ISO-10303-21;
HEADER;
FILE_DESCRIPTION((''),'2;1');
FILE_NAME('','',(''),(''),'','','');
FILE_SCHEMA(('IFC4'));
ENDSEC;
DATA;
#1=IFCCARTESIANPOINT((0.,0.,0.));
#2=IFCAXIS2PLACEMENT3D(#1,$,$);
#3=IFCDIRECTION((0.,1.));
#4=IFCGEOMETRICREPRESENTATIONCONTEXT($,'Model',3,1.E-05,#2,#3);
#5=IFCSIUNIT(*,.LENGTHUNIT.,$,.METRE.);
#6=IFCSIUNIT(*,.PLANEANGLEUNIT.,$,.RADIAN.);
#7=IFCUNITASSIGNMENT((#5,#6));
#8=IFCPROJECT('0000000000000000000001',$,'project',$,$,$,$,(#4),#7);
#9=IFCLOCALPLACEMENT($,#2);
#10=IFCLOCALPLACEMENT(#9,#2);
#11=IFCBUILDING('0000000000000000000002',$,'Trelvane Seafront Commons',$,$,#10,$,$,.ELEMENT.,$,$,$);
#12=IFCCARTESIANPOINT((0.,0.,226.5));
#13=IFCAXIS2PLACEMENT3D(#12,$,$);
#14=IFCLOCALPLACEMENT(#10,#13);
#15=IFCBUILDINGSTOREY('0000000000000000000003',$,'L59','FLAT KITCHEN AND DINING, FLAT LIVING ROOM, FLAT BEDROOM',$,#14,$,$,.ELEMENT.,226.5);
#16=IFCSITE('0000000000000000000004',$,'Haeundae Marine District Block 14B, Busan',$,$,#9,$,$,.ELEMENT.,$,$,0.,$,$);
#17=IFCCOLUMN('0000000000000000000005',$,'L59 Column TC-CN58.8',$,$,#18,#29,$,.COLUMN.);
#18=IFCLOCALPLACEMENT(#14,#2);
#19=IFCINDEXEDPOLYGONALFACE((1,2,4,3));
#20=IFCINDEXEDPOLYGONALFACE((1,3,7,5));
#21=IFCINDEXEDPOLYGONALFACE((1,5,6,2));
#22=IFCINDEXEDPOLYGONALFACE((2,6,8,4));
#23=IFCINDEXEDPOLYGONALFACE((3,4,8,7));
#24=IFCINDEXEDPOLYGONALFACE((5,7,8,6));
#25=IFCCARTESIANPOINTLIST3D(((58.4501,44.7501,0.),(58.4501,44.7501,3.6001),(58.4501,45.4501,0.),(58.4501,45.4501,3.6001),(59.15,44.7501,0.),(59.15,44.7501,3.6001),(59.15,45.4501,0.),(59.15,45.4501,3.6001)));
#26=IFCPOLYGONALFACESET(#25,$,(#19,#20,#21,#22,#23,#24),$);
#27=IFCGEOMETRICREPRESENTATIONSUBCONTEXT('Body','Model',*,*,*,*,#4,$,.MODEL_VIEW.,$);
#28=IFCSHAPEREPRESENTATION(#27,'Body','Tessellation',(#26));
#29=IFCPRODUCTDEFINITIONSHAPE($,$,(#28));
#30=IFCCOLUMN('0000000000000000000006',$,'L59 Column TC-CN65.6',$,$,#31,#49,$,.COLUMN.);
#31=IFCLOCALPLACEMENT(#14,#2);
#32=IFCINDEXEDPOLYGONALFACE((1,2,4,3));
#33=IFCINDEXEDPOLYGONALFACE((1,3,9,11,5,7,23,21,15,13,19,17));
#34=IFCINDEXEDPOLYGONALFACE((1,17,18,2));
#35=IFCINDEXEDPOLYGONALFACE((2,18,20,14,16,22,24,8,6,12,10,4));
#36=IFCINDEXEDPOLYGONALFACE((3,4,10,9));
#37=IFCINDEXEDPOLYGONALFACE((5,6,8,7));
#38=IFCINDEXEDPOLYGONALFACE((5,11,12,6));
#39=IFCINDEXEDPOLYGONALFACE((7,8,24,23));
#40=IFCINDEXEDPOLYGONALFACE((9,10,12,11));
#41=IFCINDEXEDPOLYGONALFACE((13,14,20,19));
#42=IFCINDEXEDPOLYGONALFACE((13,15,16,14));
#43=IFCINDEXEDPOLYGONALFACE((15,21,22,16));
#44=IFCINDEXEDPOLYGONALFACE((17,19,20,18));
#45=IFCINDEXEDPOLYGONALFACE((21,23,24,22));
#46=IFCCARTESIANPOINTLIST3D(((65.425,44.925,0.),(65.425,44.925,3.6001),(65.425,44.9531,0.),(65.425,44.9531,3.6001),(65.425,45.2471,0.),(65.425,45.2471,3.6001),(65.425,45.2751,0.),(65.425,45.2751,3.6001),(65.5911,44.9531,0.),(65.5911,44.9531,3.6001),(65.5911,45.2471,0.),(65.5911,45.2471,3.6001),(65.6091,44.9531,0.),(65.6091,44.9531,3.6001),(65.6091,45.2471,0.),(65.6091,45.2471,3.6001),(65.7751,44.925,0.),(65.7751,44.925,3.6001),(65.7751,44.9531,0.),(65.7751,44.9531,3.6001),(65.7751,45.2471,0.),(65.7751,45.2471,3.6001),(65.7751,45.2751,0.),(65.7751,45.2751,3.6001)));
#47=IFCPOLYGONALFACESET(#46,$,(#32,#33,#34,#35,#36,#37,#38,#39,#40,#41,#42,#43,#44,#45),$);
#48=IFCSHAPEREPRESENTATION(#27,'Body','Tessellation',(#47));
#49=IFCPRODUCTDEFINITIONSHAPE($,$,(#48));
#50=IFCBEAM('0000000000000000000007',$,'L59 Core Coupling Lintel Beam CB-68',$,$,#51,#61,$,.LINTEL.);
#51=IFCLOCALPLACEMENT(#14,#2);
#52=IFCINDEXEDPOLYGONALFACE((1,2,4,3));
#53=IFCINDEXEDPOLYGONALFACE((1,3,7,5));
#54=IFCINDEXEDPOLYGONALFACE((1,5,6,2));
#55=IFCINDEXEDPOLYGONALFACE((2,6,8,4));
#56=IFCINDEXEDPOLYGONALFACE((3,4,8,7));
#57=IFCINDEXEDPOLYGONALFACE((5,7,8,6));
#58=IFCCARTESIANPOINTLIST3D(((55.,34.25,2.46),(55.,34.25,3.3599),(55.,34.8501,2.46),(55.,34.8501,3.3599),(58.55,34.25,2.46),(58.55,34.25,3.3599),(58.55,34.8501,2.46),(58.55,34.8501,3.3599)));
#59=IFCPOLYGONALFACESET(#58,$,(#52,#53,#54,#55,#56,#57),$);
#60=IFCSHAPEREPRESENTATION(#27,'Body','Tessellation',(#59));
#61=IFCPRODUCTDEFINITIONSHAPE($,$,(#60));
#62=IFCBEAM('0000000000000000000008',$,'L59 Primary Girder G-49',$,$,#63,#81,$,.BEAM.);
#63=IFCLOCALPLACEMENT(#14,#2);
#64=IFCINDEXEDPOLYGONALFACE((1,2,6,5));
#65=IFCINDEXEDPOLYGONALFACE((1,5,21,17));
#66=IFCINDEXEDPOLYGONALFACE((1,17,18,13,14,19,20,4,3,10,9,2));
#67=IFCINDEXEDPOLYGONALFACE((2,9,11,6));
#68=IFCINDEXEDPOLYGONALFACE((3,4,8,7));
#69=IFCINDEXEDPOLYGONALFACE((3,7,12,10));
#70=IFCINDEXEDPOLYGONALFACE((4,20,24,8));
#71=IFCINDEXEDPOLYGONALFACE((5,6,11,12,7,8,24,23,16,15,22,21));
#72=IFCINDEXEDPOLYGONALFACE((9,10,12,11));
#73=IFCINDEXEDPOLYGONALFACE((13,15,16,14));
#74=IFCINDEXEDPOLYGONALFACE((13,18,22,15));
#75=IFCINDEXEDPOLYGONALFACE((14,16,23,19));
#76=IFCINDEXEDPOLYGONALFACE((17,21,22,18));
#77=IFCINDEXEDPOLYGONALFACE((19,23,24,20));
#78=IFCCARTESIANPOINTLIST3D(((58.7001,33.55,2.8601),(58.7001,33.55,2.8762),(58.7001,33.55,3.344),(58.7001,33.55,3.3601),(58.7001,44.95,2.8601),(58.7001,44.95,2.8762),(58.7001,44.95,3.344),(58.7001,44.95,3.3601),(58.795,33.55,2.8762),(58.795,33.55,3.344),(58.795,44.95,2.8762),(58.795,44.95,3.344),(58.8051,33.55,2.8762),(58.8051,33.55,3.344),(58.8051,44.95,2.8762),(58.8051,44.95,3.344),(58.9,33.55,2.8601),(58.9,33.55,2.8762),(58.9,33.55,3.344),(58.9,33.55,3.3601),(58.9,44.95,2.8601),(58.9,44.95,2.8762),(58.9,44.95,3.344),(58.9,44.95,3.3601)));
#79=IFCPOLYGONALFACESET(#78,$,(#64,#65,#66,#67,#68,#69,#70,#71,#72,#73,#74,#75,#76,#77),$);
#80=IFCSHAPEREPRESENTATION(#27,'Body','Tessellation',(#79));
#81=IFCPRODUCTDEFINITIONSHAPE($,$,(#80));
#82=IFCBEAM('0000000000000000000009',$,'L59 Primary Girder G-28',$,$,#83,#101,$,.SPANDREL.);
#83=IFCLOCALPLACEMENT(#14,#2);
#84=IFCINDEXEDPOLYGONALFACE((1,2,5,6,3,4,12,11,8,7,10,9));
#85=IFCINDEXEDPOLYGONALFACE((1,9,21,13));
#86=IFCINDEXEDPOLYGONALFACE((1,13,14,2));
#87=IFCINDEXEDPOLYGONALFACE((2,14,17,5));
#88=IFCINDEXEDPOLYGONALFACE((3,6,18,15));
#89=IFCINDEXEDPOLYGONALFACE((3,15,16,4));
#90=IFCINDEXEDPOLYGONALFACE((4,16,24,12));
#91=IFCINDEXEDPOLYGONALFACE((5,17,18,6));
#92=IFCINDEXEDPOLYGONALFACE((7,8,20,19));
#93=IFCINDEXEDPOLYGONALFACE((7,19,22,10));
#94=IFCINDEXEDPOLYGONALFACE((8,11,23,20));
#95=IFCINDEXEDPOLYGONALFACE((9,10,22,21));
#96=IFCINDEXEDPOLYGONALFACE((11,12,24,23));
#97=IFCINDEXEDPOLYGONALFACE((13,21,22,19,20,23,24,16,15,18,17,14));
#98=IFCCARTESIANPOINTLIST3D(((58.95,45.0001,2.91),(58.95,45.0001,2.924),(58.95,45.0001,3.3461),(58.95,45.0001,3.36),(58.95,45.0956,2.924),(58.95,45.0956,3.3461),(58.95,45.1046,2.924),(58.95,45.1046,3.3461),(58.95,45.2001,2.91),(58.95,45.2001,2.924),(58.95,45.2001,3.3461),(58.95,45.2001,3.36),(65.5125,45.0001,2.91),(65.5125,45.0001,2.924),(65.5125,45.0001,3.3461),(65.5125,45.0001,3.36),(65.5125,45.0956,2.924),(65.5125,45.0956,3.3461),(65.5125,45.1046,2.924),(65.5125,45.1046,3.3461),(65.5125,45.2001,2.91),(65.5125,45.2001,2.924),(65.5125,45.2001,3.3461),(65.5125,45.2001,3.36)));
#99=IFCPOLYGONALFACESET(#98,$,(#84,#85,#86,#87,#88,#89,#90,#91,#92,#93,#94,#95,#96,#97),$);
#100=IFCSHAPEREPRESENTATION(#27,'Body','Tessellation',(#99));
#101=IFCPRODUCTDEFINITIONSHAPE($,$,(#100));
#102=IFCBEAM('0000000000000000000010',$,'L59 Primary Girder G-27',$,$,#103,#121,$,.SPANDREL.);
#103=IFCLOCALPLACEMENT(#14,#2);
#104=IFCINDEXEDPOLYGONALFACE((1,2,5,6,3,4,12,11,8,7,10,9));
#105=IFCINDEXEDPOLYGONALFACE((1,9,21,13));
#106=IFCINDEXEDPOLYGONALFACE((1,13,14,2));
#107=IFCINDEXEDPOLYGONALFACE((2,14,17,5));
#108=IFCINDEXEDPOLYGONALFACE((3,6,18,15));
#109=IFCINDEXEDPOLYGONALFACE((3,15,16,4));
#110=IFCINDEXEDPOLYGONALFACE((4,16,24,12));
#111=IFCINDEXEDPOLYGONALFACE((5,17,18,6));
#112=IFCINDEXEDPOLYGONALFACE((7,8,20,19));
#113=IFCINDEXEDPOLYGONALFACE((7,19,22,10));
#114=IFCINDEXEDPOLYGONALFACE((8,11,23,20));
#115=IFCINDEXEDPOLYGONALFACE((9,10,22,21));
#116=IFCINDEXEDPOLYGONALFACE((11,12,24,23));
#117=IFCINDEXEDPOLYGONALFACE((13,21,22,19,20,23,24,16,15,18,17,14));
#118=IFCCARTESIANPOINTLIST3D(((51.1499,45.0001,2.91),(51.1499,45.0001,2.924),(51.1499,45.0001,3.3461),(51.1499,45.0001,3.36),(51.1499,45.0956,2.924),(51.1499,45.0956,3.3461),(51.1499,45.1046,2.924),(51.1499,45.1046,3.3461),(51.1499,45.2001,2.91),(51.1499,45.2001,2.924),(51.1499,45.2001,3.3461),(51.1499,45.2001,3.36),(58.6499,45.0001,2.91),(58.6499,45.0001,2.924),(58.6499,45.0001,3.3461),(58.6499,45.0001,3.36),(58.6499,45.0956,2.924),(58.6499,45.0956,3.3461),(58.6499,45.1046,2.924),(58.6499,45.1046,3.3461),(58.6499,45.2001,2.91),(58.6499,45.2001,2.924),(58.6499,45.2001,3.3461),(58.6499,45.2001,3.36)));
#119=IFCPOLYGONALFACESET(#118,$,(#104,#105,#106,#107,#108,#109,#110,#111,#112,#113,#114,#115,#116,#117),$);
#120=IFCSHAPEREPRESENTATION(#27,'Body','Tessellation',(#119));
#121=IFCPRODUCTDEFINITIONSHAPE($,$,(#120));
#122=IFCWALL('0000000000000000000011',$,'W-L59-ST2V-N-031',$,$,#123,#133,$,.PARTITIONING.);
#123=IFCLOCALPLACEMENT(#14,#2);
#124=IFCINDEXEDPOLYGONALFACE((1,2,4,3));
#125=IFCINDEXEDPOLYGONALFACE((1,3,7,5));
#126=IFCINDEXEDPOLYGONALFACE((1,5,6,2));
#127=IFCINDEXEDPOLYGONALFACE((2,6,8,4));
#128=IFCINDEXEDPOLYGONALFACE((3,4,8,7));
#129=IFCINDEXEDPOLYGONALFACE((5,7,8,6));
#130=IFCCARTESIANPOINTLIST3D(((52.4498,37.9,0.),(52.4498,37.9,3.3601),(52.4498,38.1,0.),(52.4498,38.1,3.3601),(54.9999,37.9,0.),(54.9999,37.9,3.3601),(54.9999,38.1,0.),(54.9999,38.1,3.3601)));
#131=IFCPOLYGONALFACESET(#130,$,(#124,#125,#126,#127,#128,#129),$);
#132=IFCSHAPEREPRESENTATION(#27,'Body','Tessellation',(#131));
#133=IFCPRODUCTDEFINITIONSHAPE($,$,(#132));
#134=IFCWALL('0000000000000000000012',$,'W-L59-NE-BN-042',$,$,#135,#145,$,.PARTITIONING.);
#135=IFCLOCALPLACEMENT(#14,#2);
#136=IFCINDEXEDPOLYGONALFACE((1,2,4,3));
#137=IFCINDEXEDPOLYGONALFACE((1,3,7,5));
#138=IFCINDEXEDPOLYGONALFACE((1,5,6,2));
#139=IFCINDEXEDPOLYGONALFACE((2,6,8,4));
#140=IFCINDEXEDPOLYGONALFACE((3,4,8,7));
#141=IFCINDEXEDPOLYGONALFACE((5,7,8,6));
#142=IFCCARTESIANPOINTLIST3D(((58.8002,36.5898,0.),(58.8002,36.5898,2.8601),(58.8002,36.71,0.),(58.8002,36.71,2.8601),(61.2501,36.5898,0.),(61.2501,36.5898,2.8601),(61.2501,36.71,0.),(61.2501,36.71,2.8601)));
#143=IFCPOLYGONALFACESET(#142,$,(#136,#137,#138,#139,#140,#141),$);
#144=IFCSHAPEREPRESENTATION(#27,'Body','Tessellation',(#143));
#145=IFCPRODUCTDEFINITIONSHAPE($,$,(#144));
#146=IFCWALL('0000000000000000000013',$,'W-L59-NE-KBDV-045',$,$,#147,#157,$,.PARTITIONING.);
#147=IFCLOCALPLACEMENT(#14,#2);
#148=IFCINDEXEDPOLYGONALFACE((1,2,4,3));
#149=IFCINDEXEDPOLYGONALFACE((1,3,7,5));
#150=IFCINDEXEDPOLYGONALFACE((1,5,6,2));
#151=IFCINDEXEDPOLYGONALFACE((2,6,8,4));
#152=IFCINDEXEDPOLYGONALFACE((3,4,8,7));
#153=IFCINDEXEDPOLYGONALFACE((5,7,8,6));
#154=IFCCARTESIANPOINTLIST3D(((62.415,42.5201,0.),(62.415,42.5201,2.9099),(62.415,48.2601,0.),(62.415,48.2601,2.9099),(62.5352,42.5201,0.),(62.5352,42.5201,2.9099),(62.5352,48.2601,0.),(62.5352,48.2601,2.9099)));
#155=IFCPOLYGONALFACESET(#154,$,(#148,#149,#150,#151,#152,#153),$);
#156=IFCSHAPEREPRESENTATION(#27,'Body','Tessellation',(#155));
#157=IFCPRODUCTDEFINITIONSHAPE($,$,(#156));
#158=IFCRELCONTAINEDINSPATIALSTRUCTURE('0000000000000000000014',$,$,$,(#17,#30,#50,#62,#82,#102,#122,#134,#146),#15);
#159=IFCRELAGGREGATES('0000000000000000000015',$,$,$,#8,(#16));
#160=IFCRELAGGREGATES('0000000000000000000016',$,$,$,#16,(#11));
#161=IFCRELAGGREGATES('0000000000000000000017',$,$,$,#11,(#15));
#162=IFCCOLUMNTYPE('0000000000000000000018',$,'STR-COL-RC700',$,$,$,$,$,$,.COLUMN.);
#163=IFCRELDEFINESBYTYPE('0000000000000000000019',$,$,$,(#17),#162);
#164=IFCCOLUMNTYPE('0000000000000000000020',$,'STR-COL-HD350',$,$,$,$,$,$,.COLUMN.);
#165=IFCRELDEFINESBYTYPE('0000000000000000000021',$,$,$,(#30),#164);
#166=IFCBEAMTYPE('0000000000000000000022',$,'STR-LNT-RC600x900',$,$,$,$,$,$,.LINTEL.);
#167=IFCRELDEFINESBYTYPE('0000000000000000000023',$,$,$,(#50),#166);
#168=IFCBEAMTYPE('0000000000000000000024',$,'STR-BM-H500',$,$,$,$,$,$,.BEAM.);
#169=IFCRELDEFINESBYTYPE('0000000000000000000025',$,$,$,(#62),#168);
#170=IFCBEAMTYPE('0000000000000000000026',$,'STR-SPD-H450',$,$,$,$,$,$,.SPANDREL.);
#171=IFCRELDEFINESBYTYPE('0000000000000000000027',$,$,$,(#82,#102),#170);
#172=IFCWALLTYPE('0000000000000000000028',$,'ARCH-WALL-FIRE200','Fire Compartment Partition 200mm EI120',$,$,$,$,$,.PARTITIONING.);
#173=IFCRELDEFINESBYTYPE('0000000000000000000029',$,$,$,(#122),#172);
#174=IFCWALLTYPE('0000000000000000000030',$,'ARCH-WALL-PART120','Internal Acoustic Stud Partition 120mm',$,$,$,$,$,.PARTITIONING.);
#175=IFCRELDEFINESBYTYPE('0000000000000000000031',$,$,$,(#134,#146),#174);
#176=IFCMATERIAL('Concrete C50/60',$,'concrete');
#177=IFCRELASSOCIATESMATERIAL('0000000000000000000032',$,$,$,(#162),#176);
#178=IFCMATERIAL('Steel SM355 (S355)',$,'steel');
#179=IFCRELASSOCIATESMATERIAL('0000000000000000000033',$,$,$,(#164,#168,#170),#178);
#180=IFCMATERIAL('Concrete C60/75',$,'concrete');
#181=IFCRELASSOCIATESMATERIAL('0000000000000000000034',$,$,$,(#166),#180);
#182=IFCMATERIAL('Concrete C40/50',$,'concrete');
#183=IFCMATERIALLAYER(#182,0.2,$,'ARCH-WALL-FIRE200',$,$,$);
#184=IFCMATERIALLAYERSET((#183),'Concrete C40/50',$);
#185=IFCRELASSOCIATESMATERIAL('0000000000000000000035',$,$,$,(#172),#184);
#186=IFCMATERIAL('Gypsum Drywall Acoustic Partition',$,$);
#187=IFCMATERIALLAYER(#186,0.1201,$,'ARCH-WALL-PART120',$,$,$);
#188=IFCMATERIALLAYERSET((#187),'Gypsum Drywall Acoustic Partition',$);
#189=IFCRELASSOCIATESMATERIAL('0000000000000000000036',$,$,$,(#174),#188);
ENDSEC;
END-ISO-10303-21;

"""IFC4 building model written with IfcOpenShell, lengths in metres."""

from ifc_helpers import new_model, si_unit, direction, frame, frame_2d, origin, origin_2d, place, context, subcontext, project, spatial, rectangle, i_section, extrude, source, transform, mapped, material, layer, layer_set, material_profile, profile_set, type_object, element, save


model = new_model("IFC4")

# Units and contexts
model_context = context("Model", 3, precision=1e-05, world=origin(), true_north=direction((0.0, 1.0)))
body_context = subcontext(model_context, "Body", "Model", "MODEL_VIEW")
ifc_project = project(units=[si_unit("LENGTHUNIT", "METRE"), si_unit("PLANEANGLEUNIT", "RADIAN")], contexts=[model_context])

# Site, building, storey
site_placement = place(None, origin())
site = spatial("IfcSite", under=ifc_project, at=site_placement, Name="Haeundae Marine District Block 14B, Busan", CompositionType="ELEMENT", RefElevation=0.0)
building_placement = place(site_placement, origin())
building = spatial("IfcBuilding", under=site, at=building_placement, Name="Trelvane Seafront Commons", CompositionType="ELEMENT")
storey_placement = place(building_placement, frame((0.0, 0.0, 226.5)))
storey = spatial("IfcBuildingStorey", under=building, at=storey_placement, Name="L59", Description="FLAT KITCHEN AND DINING, FLAT LIVING ROOM, FLAT BEDROOM", CompositionType="ELEMENT", Elevation=226.5)

# Columns
ifc_material_1 = material(Name="Concrete C50/60", Category="concrete")
ifc_material_profile_1 = material_profile(ifc_material_1, rectangle(XDim=0.7, YDim=0.7, at=origin_2d()), Name="RC-700x700")
ifc_profile_set_1 = profile_set([ifc_material_profile_1], Name="Concrete C50/60")
column_type_1 = type_object("IfcColumnType", Name="STR-COL-RC700", PredefinedType="COLUMN", material=ifc_profile_set_1)
shared_shape_1 = source(origin(), body_context, "Body", "SweptSolid", [
    extrude(rectangle(XDim=0.7, YDim=0.7, at=origin_2d()), origin(), (0.0, 0.0, 1.0), 3.6001),
])
column_1_placement = place(storey_placement, frame((58.8, 45.1001, 0.0), z_axis=(0.0, 0.0, 1.0), x_axis=(1.0, 0.0, 0.0)))
element("IfcColumn", 1, at=column_1_placement, inside=storey, type_object=column_type_1, Name="L59 Column TC-CN58.8", PredefinedType="COLUMN", context=body_context, shape_type="MappedRepresentation", body=[
    mapped(shared_shape_1, transform((0.0, 0.0, 0.0), x_axis=(1.0, 0.0, 0.0), y_axis=(0.0, 1.0, 0.0), z_axis=(0.0, 0.0, 1.0), scale=1.0)),
])
ifc_material_2 = material(Name="Steel SM355 (S355)", Category="steel")
ifc_material_profile_2 = material_profile(ifc_material_2, i_section(OverallWidth=0.3501, OverallDepth=0.3501, WebThickness=0.0181, FlangeThickness=0.0281, at=origin_2d()), Name="HD-350x350x18x28")
ifc_profile_set_2 = profile_set([ifc_material_profile_2], Name="Steel SM355 (S355)")
column_type_2 = type_object("IfcColumnType", Name="STR-COL-HD350", PredefinedType="COLUMN", material=ifc_profile_set_2)
shared_shape_2 = source(origin(), body_context, "Body", "SweptSolid", [
    extrude(i_section(OverallWidth=0.3501, OverallDepth=0.3501, WebThickness=0.0181, FlangeThickness=0.0281, at=origin_2d()), origin(), (0.0, 0.0, 1.0), 3.6001),
])
column_2_placement = place(storey_placement, frame((65.6001, 45.1001, 0.0), z_axis=(0.0, 0.0, 1.0), x_axis=(1.0, 0.0, 0.0)))
element("IfcColumn", 2, at=column_2_placement, inside=storey, type_object=column_type_2, Name="L59 Column TC-CN65.6", PredefinedType="COLUMN", context=body_context, shape_type="MappedRepresentation", body=[
    mapped(shared_shape_2, transform((0.0, 0.0, 0.0), x_axis=(1.0, 0.0, 0.0), y_axis=(0.0, 1.0, 0.0), z_axis=(0.0, 0.0, 1.0), scale=1.0)),
])

# Beams
ifc_material_3 = material(Name="Concrete C60/75", Category="concrete")
ifc_material_profile_3 = material_profile(ifc_material_3, rectangle(XDim=0.6001, YDim=0.8999, at=origin_2d()), Name="RC-600x900")
ifc_profile_set_3 = profile_set([ifc_material_profile_3], Name="Concrete C60/75")
beam_type_1 = type_object("IfcBeamType", Name="STR-LNT-RC600x900", PredefinedType="LINTEL", material=ifc_profile_set_3)
shared_shape_3 = source(origin(), body_context, "Body", "SweptSolid", [
    extrude(rectangle(XDim=0.6001, YDim=0.8999, at=origin_2d()), origin(), (0.0, 0.0, 1.0), 3.55),
])
beam_1_placement = place(storey_placement, frame((55.0, 34.55, 2.9099), z_axis=(1.0, 0.0, 0.0), x_axis=(0.0, 1.0, 0.0)))
element("IfcBeam", 3, at=beam_1_placement, inside=storey, type_object=beam_type_1, Name="L59 Core Coupling Lintel Beam CB-68", PredefinedType="LINTEL", context=body_context, shape_type="MappedRepresentation", body=[
    mapped(shared_shape_3, transform((0.0, 0.0, 0.0), x_axis=(1.0, 0.0, 0.0), y_axis=(0.0, 1.0, 0.0), z_axis=(0.0, 0.0, 1.0), scale=1.0)),
])
ifc_material_profile_4 = material_profile(ifc_material_2, i_section(OverallWidth=0.2, OverallDepth=0.5, WebThickness=0.01, FlangeThickness=0.0161, at=origin_2d()), Name="H-500x200x10x16")
ifc_profile_set_4 = profile_set([ifc_material_profile_4], Name="Steel SM355 (S355)")
beam_type_2 = type_object("IfcBeamType", Name="STR-BM-H500", PredefinedType="BEAM", material=ifc_profile_set_4)
shared_shape_4 = source(origin(), body_context, "Body", "SweptSolid", [
    extrude(i_section(OverallWidth=0.2, OverallDepth=0.5, WebThickness=0.01, FlangeThickness=0.0161, at=origin_2d()), origin(), (0.0, 0.0, 1.0), 11.3999),
])
beam_2_placement = place(storey_placement, frame((58.8, 33.55, 3.1101), z_axis=(0.0, 1.0, 0.0), x_axis=(-1.0, 0.0, 0.0)))
element("IfcBeam", 4, at=beam_2_placement, inside=storey, type_object=beam_type_2, Name="L59 Primary Girder G-49", PredefinedType="BEAM", context=body_context, shape_type="MappedRepresentation", body=[
    mapped(shared_shape_4, transform((0.0, 0.0, 0.0), x_axis=(1.0, 0.0, 0.0), y_axis=(0.0, 1.0, 0.0), z_axis=(0.0, 0.0, 1.0), scale=1.0)),
])
ifc_material_profile_5 = material_profile(ifc_material_2, i_section(OverallWidth=0.2, OverallDepth=0.45, WebThickness=0.009, FlangeThickness=0.0139, at=origin_2d()), Name="H-450x200x9x14")
ifc_profile_set_5 = profile_set([ifc_material_profile_5], Name="Steel SM355 (S355)")
beam_type_3 = type_object("IfcBeamType", Name="STR-SPD-H450", PredefinedType="SPANDREL", material=ifc_profile_set_5)
shared_shape_5 = source(origin(), body_context, "Body", "SweptSolid", [
    extrude(i_section(OverallWidth=0.2, OverallDepth=0.45, WebThickness=0.009, FlangeThickness=0.0139, at=origin_2d()), origin(), (0.0, 0.0, 1.0), 6.5625),
])
beam_3_placement = place(storey_placement, frame((58.95, 45.1001, 3.135), z_axis=(1.0, 0.0, 0.0), x_axis=(0.0, 1.0, 0.0)))
element("IfcBeam", 5, at=beam_3_placement, inside=storey, type_object=beam_type_3, Name="L59 Primary Girder G-28", PredefinedType="SPANDREL", context=body_context, shape_type="MappedRepresentation", body=[
    mapped(shared_shape_5, transform((0.0, 0.0, 0.0), x_axis=(1.0, 0.0, 0.0), y_axis=(0.0, 1.0, 0.0), z_axis=(0.0, 0.0, 1.0), scale=1.0)),
])
shared_shape_6 = source(origin(), body_context, "Body", "SweptSolid", [
    extrude(i_section(OverallWidth=0.2, OverallDepth=0.45, WebThickness=0.009, FlangeThickness=0.0139, at=origin_2d()), origin(), (0.0, 0.0, 1.0), 7.5),
])
beam_4_placement = place(storey_placement, frame((51.1499, 45.1001, 3.135), z_axis=(1.0, 0.0, 0.0), x_axis=(0.0, 1.0, 0.0)))
element("IfcBeam", 6, at=beam_4_placement, inside=storey, type_object=beam_type_3, Name="L59 Primary Girder G-27", PredefinedType="SPANDREL", context=body_context, shape_type="MappedRepresentation", body=[
    mapped(shared_shape_6, transform((0.0, 0.0, 0.0), x_axis=(1.0, 0.0, 0.0), y_axis=(0.0, 1.0, 0.0), z_axis=(0.0, 0.0, 1.0), scale=1.0)),
])

# Walls
ifc_material_4 = material(Name="Concrete C40/50", Category="concrete")
ifc_layer_1 = layer(ifc_material_4, 0.2, Name="ARCH-WALL-FIRE200")
ifc_layer_set_1 = layer_set([ifc_layer_1], Name="Concrete C40/50")
wall_type_1 = type_object("IfcWallType", Name="ARCH-WALL-FIRE200", Description="Fire Compartment Partition 200mm EI120", PredefinedType="PARTITIONING", material=ifc_layer_set_1)
wall_1_placement = place(storey_placement, frame((52.45, 38.0, 0.0), z_axis=(0.0, 0.0, 1.0), x_axis=(1.0, 0.0, 0.0)))
element("IfcWall", 7, at=wall_1_placement, inside=storey, type_object=wall_type_1, Name="W-L59-ST2V-N-031", PredefinedType="PARTITIONING", context=body_context, shape_type="SweptSolid", body=[
    extrude(rectangle(XDim=2.55, YDim=0.2, at=frame_2d((1.2749, 0.0))), origin(), (0.0, 0.0, 1.0), 3.3601),
])
ifc_material_5 = material(Name="Gypsum Drywall Acoustic Partition")
ifc_layer_2 = layer(ifc_material_5, 0.1201, Name="ARCH-WALL-PART120")
ifc_layer_set_2 = layer_set([ifc_layer_2], Name="Gypsum Drywall Acoustic Partition")
wall_type_2 = type_object("IfcWallType", Name="ARCH-WALL-PART120", Description="Internal Acoustic Stud Partition 120mm", PredefinedType="PARTITIONING", material=ifc_layer_set_2)
wall_2_placement = place(storey_placement, frame((58.8, 36.6499, 0.0), z_axis=(0.0, 0.0, 1.0), x_axis=(1.0, 0.0, 0.0)))
element("IfcWall", 8, at=wall_2_placement, inside=storey, type_object=wall_type_2, Name="W-L59-NE-BN-042", PredefinedType="PARTITIONING", context=body_context, shape_type="SweptSolid", body=[
    extrude(rectangle(XDim=2.45, YDim=0.1201, at=frame_2d((1.2251, 0.0))), origin(), (0.0, 0.0, 1.0), 2.8601),
])

# Wall
wall_3_placement = place(storey_placement, frame((62.4751, 42.52, 0.0), z_axis=(0.0, 0.0, 1.0), x_axis=(0.0, 1.0, 0.0)))
element("IfcWall", 9, at=wall_3_placement, inside=storey, type_object=wall_type_2, Name="W-L59-NE-KBDV-045", PredefinedType="PARTITIONING", context=body_context, shape_type="SweptSolid", body=[
    extrude(rectangle(XDim=5.74, YDim=0.1201, at=frame_2d((2.8701, 0.0))), origin(), (0.0, 0.0, 1.0), 2.9099),
])

save(model, "model.ifc")
